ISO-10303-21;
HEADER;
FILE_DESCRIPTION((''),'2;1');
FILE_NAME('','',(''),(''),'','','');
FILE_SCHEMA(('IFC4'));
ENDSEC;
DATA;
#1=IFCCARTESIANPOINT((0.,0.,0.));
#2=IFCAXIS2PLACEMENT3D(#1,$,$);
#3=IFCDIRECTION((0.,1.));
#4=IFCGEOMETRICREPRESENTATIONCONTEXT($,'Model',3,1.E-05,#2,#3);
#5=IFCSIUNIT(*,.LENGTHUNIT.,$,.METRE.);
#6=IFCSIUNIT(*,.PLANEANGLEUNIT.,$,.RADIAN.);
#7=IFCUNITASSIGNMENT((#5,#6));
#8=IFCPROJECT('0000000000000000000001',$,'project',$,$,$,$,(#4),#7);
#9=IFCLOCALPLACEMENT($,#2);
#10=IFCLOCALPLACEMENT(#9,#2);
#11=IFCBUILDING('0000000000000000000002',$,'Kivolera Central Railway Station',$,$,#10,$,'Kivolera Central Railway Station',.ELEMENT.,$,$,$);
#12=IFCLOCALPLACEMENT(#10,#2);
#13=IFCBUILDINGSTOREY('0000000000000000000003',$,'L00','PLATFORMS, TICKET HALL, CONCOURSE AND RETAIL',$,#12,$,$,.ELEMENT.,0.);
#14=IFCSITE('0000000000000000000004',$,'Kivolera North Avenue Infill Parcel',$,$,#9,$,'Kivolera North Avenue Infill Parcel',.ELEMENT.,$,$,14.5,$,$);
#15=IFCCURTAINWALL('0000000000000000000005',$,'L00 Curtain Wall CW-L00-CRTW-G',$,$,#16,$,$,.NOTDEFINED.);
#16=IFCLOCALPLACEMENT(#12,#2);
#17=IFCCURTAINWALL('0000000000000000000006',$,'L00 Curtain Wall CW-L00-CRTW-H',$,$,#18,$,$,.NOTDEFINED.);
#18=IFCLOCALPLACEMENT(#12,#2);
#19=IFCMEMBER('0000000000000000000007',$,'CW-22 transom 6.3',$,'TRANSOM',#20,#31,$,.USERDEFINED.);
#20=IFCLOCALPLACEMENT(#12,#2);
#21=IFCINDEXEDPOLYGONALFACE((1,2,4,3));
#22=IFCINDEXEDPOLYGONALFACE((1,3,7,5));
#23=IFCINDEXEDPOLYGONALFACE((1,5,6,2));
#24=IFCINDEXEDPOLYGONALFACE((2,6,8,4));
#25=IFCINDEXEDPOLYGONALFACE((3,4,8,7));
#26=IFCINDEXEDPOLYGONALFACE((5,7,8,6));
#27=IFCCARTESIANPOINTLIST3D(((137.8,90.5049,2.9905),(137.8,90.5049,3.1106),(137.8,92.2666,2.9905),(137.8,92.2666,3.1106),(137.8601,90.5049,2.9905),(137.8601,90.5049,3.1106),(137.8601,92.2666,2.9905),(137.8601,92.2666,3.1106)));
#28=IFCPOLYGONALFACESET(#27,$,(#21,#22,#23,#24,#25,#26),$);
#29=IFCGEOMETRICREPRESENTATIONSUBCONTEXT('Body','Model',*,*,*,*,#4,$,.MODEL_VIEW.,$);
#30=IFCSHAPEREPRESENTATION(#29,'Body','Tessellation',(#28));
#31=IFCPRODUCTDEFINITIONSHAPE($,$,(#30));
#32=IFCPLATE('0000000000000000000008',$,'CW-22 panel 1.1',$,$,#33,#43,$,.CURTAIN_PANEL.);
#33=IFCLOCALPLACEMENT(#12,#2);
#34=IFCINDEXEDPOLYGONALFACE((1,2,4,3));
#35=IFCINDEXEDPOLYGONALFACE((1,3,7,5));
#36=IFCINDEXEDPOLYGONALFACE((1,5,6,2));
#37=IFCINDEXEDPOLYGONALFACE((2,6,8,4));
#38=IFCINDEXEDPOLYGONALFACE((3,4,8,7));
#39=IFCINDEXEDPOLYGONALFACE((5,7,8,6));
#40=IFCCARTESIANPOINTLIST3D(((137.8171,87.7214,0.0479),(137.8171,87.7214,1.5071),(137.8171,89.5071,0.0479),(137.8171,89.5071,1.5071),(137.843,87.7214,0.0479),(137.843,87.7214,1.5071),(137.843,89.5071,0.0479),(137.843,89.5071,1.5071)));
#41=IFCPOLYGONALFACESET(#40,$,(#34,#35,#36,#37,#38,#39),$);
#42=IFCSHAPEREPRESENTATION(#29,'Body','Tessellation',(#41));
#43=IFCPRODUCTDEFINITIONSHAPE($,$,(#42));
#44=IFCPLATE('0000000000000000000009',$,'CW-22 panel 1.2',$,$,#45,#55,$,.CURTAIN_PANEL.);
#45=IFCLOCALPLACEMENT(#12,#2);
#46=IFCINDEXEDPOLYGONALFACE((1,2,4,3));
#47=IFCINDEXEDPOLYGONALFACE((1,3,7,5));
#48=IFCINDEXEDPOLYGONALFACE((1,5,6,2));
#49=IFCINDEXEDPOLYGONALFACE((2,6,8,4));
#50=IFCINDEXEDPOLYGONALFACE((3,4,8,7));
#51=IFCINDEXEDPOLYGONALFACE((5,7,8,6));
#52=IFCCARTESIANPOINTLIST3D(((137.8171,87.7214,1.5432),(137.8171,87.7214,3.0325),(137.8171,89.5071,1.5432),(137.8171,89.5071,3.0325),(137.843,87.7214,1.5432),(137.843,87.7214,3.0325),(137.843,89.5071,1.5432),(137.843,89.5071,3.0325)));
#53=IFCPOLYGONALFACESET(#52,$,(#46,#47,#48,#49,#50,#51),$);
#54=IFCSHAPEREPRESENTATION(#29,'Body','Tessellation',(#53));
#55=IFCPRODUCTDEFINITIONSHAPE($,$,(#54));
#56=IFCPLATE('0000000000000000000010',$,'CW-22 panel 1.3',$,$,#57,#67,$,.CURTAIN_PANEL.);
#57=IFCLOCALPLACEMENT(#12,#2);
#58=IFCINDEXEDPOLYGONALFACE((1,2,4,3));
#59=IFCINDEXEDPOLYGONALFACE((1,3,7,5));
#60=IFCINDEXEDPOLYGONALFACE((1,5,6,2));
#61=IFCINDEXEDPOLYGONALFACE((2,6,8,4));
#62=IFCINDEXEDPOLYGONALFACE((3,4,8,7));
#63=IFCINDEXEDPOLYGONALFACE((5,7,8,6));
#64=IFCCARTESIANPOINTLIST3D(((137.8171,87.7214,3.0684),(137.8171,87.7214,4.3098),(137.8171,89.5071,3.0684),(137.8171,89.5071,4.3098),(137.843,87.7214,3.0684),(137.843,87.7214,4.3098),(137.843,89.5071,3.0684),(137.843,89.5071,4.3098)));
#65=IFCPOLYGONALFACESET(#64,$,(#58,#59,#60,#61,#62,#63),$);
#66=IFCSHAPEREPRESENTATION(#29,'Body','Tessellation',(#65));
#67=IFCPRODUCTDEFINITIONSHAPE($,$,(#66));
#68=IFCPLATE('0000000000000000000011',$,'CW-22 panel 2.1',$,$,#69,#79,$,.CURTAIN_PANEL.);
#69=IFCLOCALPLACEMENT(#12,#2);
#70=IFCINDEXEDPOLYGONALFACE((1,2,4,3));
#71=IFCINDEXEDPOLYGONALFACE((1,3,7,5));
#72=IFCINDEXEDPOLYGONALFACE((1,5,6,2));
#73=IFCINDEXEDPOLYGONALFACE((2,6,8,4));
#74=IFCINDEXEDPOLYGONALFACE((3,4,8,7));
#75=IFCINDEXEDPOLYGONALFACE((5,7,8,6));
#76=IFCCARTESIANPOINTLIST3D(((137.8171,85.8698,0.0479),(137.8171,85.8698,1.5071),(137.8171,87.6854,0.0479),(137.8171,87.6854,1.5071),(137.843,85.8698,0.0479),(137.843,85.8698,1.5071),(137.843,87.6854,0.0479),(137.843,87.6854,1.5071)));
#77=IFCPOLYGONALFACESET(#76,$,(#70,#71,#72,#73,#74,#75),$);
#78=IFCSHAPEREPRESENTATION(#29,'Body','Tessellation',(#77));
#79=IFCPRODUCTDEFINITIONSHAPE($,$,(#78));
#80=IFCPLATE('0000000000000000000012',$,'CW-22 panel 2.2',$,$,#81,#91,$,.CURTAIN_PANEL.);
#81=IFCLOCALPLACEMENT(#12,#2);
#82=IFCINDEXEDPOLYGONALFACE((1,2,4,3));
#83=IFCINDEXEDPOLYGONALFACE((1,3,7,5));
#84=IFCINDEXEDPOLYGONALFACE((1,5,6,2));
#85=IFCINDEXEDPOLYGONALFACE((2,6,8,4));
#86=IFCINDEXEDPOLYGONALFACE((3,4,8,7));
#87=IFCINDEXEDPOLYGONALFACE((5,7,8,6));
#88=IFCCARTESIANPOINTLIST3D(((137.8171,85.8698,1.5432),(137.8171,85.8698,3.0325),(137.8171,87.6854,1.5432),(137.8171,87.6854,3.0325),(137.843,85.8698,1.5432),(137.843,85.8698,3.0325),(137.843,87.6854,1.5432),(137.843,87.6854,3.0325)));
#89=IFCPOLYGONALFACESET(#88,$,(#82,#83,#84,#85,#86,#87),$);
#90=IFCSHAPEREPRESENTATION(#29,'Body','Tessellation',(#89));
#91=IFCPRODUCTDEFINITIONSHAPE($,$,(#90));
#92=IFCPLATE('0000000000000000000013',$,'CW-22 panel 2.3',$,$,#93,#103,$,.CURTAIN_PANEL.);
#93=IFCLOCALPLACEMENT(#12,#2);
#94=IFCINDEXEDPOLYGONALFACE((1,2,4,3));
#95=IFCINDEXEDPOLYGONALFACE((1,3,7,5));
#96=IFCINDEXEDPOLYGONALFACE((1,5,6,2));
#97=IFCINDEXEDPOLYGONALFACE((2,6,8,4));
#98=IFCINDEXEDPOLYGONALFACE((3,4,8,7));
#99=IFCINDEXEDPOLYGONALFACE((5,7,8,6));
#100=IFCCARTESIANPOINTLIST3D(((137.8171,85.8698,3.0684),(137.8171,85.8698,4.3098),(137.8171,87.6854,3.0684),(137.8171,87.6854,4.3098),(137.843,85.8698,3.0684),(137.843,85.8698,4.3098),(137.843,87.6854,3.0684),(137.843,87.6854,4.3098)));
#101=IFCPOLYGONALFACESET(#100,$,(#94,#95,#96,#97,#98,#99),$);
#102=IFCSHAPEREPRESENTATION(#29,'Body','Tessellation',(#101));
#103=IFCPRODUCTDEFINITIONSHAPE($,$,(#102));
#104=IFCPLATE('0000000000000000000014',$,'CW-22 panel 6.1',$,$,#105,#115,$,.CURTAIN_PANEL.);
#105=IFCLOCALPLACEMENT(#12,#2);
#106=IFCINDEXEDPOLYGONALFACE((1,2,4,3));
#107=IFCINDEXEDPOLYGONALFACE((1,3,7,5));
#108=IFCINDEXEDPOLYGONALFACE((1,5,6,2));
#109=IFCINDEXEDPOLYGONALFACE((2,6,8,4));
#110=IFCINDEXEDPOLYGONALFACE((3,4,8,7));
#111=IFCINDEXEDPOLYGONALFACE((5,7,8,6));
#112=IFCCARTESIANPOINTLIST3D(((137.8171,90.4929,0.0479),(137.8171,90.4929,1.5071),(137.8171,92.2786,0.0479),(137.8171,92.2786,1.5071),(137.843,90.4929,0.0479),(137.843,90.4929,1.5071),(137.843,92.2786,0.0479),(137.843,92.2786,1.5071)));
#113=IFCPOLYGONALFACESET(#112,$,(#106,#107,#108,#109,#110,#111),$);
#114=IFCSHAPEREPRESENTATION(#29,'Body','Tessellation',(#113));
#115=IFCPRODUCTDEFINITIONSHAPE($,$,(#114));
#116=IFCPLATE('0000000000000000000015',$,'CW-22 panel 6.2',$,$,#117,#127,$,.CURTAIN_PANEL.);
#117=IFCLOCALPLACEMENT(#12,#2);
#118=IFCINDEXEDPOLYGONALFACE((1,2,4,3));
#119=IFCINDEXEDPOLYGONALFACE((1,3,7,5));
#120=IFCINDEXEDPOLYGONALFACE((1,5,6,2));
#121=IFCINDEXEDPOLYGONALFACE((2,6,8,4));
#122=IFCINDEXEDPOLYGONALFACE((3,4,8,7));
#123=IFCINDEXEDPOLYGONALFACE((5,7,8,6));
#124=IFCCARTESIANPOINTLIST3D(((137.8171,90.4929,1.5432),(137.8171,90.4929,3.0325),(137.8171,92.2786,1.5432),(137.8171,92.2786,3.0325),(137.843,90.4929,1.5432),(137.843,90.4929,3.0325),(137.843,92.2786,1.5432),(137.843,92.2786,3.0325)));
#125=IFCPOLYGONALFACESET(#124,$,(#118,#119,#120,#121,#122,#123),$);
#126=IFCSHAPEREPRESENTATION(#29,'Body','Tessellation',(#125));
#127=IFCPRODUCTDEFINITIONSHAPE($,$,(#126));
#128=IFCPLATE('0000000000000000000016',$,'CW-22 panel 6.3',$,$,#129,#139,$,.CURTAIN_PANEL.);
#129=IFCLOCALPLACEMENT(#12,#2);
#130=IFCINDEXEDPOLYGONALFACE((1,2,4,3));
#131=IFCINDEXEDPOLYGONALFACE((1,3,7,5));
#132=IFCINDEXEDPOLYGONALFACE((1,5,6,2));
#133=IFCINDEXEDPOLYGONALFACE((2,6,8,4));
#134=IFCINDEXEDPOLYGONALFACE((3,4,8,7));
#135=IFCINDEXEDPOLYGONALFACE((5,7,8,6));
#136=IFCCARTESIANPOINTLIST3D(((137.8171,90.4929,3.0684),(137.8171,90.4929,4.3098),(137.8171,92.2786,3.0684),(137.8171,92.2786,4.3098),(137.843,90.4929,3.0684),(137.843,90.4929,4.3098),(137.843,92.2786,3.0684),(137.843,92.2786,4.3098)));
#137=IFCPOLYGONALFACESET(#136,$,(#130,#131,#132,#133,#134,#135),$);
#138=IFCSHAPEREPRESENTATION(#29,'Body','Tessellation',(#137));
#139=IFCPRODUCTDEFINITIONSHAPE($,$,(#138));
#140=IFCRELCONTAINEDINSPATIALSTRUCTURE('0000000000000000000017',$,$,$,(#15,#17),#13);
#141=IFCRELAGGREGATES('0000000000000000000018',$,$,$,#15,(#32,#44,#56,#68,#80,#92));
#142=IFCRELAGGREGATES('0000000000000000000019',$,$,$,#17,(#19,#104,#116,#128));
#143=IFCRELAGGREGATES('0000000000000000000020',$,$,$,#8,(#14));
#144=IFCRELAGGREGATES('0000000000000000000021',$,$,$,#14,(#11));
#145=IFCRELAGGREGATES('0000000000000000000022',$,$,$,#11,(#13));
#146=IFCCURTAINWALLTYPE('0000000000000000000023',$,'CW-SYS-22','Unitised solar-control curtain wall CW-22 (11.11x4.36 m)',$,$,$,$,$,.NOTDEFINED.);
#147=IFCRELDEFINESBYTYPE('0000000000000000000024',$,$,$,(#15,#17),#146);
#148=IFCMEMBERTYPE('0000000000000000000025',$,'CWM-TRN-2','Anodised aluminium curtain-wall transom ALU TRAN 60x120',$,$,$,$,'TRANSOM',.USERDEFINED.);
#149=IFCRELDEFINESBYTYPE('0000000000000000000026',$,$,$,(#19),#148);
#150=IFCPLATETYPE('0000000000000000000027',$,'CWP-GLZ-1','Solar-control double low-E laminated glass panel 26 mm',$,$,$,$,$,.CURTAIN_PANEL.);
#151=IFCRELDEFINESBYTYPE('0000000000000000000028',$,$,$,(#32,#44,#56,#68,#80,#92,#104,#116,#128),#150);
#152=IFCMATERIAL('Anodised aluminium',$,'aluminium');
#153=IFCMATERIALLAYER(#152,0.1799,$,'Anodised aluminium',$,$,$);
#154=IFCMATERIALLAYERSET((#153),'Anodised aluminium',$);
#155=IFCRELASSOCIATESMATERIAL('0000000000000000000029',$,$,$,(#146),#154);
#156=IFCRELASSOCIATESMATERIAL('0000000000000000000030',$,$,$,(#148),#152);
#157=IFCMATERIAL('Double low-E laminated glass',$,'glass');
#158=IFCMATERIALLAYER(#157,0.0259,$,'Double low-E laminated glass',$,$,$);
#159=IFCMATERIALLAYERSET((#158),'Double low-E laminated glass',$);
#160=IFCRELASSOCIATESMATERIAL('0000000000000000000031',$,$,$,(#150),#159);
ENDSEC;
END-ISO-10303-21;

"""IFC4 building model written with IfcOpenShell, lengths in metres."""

from ifc_helpers import new_model, si_unit, direction, frame, origin, origin_2d, place, context, subcontext, project, spatial, rectangle, extrude, material, layer, layer_set, material_profile, profile_set, type_object, element, aggregate, save


model = new_model("IFC4")

# Units and contexts
model_context = context("Model", 3, precision=1e-05, world=origin(), true_north=direction((0.0, 1.0)))
body_context = subcontext(model_context, "Body", "Model", "MODEL_VIEW")
ifc_project = project(units=[si_unit("LENGTHUNIT", "METRE"), si_unit("PLANEANGLEUNIT", "RADIAN")], contexts=[model_context])

# Site, building, storey
site_placement = place(None, origin())
site = spatial("IfcSite", under=ifc_project, at=site_placement, Name="Kivolera North Avenue Infill Parcel", LongName="Kivolera North Avenue Infill Parcel", CompositionType="ELEMENT", RefElevation=14.5)
building_placement = place(site_placement, origin())
building = spatial("IfcBuilding", under=site, at=building_placement, Name="Kivolera Central Railway Station", LongName="Kivolera Central Railway Station", CompositionType="ELEMENT")
storey_placement = place(building_placement, origin())
storey = spatial("IfcBuildingStorey", under=building, at=storey_placement, Name="L00", Description="PLATFORMS, TICKET HALL, CONCOURSE AND RETAIL", CompositionType="ELEMENT", Elevation=0.0)

# Curtain wall
ifc_material_1 = material(Name="Anodised aluminium", Category="aluminium")
ifc_layer_1 = layer(ifc_material_1, 0.1799, Name="Anodised aluminium")
ifc_layer_set_1 = layer_set([ifc_layer_1], Name="Anodised aluminium")
curtain_wall_type = type_object("IfcCurtainWallType", Name="CW-SYS-22", Description="Unitised solar-control curtain wall CW-22 (11.11x4.36 m)", PredefinedType="NOTDEFINED", material=ifc_layer_set_1)
curtain_wall_1_placement = place(storey_placement, origin())
curtain_wall_1 = element("IfcCurtainWall", 1, at=curtain_wall_1_placement, inside=storey, type_object=curtain_wall_type, Name="L00 Curtain Wall CW-L00-CRTW-G", PredefinedType="NOTDEFINED")

# Curtain wall
curtain_wall_2_placement = place(storey_placement, origin())
curtain_wall_2 = element("IfcCurtainWall", 2, at=curtain_wall_2_placement, inside=storey, type_object=curtain_wall_type, Name="L00 Curtain Wall CW-L00-CRTW-H", PredefinedType="NOTDEFINED")

# Member
ifc_material_profile_1 = material_profile(ifc_material_1, rectangle(XDim=0.0601, YDim=0.1201, at=origin_2d()), Name="ALU TRAN 60x120")
ifc_profile_set_1 = profile_set([ifc_material_profile_1], Name="Anodised aluminium")
member_type_1 = type_object("IfcMemberType", Name="CWM-TRN-2", Description="Anodised aluminium curtain-wall transom ALU TRAN 60x120", ElementType="TRANSOM", PredefinedType="USERDEFINED", material=ifc_profile_set_1)
member_1_placement = place(storey_placement, frame((137.8301, 92.2666, 3.0505), z_axis=(0.0, -1.0, 0.0), x_axis=(1.0, 0.0, 0.0)))
member_1 = element("IfcMember", 3, at=member_1_placement, type_object=member_type_1, Name="CW-22 transom 6.3", ObjectType="TRANSOM", PredefinedType="USERDEFINED", context=body_context, shape_type="SweptSolid", body=[
    extrude(rectangle(XDim=0.0601, YDim=0.1201, at=origin_2d()), origin(), (0.0, 0.0, 1.0), 1.7617),
])

# Plates
ifc_material_2 = material(Name="Double low-E laminated glass", Category="glass")
ifc_layer_2 = layer(ifc_material_2, 0.0259, Name="Double low-E laminated glass")
ifc_layer_set_2 = layer_set([ifc_layer_2], Name="Double low-E laminated glass")
plate_type = type_object("IfcPlateType", Name="CWP-GLZ-1", Description="Solar-control double low-E laminated glass panel 26 mm", PredefinedType="CURTAIN_PANEL", material=ifc_layer_set_2)
plate_1_placement = place(storey_placement, frame((137.8301, 88.6143, 0.0479), z_axis=(0.0, 0.0, 1.0), x_axis=(0.0, -1.0, 0.0)))
plate_1 = element("IfcPlate", 4, at=plate_1_placement, type_object=plate_type, Name="CW-22 panel 1.1", PredefinedType="CURTAIN_PANEL", context=body_context, shape_type="SweptSolid", body=[
    extrude(rectangle(XDim=1.7856, YDim=0.0259, at=origin_2d()), origin(), (0.0, 0.0, 1.0), 1.4592),
])
plate_2_placement = place(storey_placement, frame((137.8301, 88.6143, 1.5432), z_axis=(0.0, 0.0, 1.0), x_axis=(0.0, -1.0, 0.0)))
plate_2 = element("IfcPlate", 5, at=plate_2_placement, type_object=plate_type, Name="CW-22 panel 1.2", PredefinedType="CURTAIN_PANEL", context=body_context, shape_type="SweptSolid", body=[
    extrude(rectangle(XDim=1.7856, YDim=0.0259, at=origin_2d()), origin(), (0.0, 0.0, 1.0), 1.4893),
])
plate_3_placement = place(storey_placement, frame((137.8301, 88.6143, 3.0684), z_axis=(0.0, 0.0, 1.0), x_axis=(0.0, -1.0, 0.0)))
plate_3 = element("IfcPlate", 6, at=plate_3_placement, type_object=plate_type, Name="CW-22 panel 1.3", PredefinedType="CURTAIN_PANEL", context=body_context, shape_type="SweptSolid", body=[
    extrude(rectangle(XDim=1.7856, YDim=0.0259, at=origin_2d()), origin(), (0.0, 0.0, 1.0), 1.2415),
])
plate_4_placement = place(storey_placement, frame((137.8301, 86.7776, 0.0479), z_axis=(0.0, 0.0, 1.0), x_axis=(0.0, -1.0, 0.0)))
plate_4 = element("IfcPlate", 7, at=plate_4_placement, type_object=plate_type, Name="CW-22 panel 2.1", PredefinedType="CURTAIN_PANEL", context=body_context, shape_type="SweptSolid", body=[
    extrude(rectangle(XDim=1.8157, YDim=0.0259, at=origin_2d()), origin(), (0.0, 0.0, 1.0), 1.4592),
])
plate_5_placement = place(storey_placement, frame((137.8301, 86.7776, 1.5432), z_axis=(0.0, 0.0, 1.0), x_axis=(0.0, -1.0, 0.0)))
plate_5 = element("IfcPlate", 8, at=plate_5_placement, type_object=plate_type, Name="CW-22 panel 2.2", PredefinedType="CURTAIN_PANEL", context=body_context, shape_type="SweptSolid", body=[
    extrude(rectangle(XDim=1.8157, YDim=0.0259, at=origin_2d()), origin(), (0.0, 0.0, 1.0), 1.4893),
])
plate_6_placement = place(storey_placement, frame((137.8301, 86.7776, 3.0684), z_axis=(0.0, 0.0, 1.0), x_axis=(0.0, -1.0, 0.0)))
plate_6 = element("IfcPlate", 9, at=plate_6_placement, type_object=plate_type, Name="CW-22 panel 2.3", PredefinedType="CURTAIN_PANEL", context=body_context, shape_type="SweptSolid", body=[
    extrude(rectangle(XDim=1.8157, YDim=0.0259, at=origin_2d()), origin(), (0.0, 0.0, 1.0), 1.2415),
])
aggregate(curtain_wall_1, [plate_1, plate_2, plate_3, plate_4, plate_5, plate_6])
plate_7_placement = place(storey_placement, frame((137.8301, 91.3857, 0.0479), z_axis=(0.0, 0.0, 1.0), x_axis=(0.0, -1.0, 0.0)))
plate_7 = element("IfcPlate", 10, at=plate_7_placement, type_object=plate_type, Name="CW-22 panel 6.1", PredefinedType="CURTAIN_PANEL", context=body_context, shape_type="SweptSolid", body=[
    extrude(rectangle(XDim=1.7856, YDim=0.0259, at=origin_2d()), origin(), (0.0, 0.0, 1.0), 1.4592),
])
plate_8_placement = place(storey_placement, frame((137.8301, 91.3857, 1.5432), z_axis=(0.0, 0.0, 1.0), x_axis=(0.0, -1.0, 0.0)))
plate_8 = element("IfcPlate", 11, at=plate_8_placement, type_object=plate_type, Name="CW-22 panel 6.2", PredefinedType="CURTAIN_PANEL", context=body_context, shape_type="SweptSolid", body=[
    extrude(rectangle(XDim=1.7856, YDim=0.0259, at=origin_2d()), origin(), (0.0, 0.0, 1.0), 1.4893),
])
plate_9_placement = place(storey_placement, frame((137.8301, 91.3857, 3.0684), z_axis=(0.0, 0.0, 1.0), x_axis=(0.0, -1.0, 0.0)))
plate_9 = element("IfcPlate", 12, at=plate_9_placement, type_object=plate_type, Name="CW-22 panel 6.3", PredefinedType="CURTAIN_PANEL", context=body_context, shape_type="SweptSolid", body=[
    extrude(rectangle(XDim=1.7856, YDim=0.0259, at=origin_2d()), origin(), (0.0, 0.0, 1.0), 1.2415),
])
aggregate(curtain_wall_2, [member_1, plate_7, plate_8, plate_9])

save(model, "model.ifc")
